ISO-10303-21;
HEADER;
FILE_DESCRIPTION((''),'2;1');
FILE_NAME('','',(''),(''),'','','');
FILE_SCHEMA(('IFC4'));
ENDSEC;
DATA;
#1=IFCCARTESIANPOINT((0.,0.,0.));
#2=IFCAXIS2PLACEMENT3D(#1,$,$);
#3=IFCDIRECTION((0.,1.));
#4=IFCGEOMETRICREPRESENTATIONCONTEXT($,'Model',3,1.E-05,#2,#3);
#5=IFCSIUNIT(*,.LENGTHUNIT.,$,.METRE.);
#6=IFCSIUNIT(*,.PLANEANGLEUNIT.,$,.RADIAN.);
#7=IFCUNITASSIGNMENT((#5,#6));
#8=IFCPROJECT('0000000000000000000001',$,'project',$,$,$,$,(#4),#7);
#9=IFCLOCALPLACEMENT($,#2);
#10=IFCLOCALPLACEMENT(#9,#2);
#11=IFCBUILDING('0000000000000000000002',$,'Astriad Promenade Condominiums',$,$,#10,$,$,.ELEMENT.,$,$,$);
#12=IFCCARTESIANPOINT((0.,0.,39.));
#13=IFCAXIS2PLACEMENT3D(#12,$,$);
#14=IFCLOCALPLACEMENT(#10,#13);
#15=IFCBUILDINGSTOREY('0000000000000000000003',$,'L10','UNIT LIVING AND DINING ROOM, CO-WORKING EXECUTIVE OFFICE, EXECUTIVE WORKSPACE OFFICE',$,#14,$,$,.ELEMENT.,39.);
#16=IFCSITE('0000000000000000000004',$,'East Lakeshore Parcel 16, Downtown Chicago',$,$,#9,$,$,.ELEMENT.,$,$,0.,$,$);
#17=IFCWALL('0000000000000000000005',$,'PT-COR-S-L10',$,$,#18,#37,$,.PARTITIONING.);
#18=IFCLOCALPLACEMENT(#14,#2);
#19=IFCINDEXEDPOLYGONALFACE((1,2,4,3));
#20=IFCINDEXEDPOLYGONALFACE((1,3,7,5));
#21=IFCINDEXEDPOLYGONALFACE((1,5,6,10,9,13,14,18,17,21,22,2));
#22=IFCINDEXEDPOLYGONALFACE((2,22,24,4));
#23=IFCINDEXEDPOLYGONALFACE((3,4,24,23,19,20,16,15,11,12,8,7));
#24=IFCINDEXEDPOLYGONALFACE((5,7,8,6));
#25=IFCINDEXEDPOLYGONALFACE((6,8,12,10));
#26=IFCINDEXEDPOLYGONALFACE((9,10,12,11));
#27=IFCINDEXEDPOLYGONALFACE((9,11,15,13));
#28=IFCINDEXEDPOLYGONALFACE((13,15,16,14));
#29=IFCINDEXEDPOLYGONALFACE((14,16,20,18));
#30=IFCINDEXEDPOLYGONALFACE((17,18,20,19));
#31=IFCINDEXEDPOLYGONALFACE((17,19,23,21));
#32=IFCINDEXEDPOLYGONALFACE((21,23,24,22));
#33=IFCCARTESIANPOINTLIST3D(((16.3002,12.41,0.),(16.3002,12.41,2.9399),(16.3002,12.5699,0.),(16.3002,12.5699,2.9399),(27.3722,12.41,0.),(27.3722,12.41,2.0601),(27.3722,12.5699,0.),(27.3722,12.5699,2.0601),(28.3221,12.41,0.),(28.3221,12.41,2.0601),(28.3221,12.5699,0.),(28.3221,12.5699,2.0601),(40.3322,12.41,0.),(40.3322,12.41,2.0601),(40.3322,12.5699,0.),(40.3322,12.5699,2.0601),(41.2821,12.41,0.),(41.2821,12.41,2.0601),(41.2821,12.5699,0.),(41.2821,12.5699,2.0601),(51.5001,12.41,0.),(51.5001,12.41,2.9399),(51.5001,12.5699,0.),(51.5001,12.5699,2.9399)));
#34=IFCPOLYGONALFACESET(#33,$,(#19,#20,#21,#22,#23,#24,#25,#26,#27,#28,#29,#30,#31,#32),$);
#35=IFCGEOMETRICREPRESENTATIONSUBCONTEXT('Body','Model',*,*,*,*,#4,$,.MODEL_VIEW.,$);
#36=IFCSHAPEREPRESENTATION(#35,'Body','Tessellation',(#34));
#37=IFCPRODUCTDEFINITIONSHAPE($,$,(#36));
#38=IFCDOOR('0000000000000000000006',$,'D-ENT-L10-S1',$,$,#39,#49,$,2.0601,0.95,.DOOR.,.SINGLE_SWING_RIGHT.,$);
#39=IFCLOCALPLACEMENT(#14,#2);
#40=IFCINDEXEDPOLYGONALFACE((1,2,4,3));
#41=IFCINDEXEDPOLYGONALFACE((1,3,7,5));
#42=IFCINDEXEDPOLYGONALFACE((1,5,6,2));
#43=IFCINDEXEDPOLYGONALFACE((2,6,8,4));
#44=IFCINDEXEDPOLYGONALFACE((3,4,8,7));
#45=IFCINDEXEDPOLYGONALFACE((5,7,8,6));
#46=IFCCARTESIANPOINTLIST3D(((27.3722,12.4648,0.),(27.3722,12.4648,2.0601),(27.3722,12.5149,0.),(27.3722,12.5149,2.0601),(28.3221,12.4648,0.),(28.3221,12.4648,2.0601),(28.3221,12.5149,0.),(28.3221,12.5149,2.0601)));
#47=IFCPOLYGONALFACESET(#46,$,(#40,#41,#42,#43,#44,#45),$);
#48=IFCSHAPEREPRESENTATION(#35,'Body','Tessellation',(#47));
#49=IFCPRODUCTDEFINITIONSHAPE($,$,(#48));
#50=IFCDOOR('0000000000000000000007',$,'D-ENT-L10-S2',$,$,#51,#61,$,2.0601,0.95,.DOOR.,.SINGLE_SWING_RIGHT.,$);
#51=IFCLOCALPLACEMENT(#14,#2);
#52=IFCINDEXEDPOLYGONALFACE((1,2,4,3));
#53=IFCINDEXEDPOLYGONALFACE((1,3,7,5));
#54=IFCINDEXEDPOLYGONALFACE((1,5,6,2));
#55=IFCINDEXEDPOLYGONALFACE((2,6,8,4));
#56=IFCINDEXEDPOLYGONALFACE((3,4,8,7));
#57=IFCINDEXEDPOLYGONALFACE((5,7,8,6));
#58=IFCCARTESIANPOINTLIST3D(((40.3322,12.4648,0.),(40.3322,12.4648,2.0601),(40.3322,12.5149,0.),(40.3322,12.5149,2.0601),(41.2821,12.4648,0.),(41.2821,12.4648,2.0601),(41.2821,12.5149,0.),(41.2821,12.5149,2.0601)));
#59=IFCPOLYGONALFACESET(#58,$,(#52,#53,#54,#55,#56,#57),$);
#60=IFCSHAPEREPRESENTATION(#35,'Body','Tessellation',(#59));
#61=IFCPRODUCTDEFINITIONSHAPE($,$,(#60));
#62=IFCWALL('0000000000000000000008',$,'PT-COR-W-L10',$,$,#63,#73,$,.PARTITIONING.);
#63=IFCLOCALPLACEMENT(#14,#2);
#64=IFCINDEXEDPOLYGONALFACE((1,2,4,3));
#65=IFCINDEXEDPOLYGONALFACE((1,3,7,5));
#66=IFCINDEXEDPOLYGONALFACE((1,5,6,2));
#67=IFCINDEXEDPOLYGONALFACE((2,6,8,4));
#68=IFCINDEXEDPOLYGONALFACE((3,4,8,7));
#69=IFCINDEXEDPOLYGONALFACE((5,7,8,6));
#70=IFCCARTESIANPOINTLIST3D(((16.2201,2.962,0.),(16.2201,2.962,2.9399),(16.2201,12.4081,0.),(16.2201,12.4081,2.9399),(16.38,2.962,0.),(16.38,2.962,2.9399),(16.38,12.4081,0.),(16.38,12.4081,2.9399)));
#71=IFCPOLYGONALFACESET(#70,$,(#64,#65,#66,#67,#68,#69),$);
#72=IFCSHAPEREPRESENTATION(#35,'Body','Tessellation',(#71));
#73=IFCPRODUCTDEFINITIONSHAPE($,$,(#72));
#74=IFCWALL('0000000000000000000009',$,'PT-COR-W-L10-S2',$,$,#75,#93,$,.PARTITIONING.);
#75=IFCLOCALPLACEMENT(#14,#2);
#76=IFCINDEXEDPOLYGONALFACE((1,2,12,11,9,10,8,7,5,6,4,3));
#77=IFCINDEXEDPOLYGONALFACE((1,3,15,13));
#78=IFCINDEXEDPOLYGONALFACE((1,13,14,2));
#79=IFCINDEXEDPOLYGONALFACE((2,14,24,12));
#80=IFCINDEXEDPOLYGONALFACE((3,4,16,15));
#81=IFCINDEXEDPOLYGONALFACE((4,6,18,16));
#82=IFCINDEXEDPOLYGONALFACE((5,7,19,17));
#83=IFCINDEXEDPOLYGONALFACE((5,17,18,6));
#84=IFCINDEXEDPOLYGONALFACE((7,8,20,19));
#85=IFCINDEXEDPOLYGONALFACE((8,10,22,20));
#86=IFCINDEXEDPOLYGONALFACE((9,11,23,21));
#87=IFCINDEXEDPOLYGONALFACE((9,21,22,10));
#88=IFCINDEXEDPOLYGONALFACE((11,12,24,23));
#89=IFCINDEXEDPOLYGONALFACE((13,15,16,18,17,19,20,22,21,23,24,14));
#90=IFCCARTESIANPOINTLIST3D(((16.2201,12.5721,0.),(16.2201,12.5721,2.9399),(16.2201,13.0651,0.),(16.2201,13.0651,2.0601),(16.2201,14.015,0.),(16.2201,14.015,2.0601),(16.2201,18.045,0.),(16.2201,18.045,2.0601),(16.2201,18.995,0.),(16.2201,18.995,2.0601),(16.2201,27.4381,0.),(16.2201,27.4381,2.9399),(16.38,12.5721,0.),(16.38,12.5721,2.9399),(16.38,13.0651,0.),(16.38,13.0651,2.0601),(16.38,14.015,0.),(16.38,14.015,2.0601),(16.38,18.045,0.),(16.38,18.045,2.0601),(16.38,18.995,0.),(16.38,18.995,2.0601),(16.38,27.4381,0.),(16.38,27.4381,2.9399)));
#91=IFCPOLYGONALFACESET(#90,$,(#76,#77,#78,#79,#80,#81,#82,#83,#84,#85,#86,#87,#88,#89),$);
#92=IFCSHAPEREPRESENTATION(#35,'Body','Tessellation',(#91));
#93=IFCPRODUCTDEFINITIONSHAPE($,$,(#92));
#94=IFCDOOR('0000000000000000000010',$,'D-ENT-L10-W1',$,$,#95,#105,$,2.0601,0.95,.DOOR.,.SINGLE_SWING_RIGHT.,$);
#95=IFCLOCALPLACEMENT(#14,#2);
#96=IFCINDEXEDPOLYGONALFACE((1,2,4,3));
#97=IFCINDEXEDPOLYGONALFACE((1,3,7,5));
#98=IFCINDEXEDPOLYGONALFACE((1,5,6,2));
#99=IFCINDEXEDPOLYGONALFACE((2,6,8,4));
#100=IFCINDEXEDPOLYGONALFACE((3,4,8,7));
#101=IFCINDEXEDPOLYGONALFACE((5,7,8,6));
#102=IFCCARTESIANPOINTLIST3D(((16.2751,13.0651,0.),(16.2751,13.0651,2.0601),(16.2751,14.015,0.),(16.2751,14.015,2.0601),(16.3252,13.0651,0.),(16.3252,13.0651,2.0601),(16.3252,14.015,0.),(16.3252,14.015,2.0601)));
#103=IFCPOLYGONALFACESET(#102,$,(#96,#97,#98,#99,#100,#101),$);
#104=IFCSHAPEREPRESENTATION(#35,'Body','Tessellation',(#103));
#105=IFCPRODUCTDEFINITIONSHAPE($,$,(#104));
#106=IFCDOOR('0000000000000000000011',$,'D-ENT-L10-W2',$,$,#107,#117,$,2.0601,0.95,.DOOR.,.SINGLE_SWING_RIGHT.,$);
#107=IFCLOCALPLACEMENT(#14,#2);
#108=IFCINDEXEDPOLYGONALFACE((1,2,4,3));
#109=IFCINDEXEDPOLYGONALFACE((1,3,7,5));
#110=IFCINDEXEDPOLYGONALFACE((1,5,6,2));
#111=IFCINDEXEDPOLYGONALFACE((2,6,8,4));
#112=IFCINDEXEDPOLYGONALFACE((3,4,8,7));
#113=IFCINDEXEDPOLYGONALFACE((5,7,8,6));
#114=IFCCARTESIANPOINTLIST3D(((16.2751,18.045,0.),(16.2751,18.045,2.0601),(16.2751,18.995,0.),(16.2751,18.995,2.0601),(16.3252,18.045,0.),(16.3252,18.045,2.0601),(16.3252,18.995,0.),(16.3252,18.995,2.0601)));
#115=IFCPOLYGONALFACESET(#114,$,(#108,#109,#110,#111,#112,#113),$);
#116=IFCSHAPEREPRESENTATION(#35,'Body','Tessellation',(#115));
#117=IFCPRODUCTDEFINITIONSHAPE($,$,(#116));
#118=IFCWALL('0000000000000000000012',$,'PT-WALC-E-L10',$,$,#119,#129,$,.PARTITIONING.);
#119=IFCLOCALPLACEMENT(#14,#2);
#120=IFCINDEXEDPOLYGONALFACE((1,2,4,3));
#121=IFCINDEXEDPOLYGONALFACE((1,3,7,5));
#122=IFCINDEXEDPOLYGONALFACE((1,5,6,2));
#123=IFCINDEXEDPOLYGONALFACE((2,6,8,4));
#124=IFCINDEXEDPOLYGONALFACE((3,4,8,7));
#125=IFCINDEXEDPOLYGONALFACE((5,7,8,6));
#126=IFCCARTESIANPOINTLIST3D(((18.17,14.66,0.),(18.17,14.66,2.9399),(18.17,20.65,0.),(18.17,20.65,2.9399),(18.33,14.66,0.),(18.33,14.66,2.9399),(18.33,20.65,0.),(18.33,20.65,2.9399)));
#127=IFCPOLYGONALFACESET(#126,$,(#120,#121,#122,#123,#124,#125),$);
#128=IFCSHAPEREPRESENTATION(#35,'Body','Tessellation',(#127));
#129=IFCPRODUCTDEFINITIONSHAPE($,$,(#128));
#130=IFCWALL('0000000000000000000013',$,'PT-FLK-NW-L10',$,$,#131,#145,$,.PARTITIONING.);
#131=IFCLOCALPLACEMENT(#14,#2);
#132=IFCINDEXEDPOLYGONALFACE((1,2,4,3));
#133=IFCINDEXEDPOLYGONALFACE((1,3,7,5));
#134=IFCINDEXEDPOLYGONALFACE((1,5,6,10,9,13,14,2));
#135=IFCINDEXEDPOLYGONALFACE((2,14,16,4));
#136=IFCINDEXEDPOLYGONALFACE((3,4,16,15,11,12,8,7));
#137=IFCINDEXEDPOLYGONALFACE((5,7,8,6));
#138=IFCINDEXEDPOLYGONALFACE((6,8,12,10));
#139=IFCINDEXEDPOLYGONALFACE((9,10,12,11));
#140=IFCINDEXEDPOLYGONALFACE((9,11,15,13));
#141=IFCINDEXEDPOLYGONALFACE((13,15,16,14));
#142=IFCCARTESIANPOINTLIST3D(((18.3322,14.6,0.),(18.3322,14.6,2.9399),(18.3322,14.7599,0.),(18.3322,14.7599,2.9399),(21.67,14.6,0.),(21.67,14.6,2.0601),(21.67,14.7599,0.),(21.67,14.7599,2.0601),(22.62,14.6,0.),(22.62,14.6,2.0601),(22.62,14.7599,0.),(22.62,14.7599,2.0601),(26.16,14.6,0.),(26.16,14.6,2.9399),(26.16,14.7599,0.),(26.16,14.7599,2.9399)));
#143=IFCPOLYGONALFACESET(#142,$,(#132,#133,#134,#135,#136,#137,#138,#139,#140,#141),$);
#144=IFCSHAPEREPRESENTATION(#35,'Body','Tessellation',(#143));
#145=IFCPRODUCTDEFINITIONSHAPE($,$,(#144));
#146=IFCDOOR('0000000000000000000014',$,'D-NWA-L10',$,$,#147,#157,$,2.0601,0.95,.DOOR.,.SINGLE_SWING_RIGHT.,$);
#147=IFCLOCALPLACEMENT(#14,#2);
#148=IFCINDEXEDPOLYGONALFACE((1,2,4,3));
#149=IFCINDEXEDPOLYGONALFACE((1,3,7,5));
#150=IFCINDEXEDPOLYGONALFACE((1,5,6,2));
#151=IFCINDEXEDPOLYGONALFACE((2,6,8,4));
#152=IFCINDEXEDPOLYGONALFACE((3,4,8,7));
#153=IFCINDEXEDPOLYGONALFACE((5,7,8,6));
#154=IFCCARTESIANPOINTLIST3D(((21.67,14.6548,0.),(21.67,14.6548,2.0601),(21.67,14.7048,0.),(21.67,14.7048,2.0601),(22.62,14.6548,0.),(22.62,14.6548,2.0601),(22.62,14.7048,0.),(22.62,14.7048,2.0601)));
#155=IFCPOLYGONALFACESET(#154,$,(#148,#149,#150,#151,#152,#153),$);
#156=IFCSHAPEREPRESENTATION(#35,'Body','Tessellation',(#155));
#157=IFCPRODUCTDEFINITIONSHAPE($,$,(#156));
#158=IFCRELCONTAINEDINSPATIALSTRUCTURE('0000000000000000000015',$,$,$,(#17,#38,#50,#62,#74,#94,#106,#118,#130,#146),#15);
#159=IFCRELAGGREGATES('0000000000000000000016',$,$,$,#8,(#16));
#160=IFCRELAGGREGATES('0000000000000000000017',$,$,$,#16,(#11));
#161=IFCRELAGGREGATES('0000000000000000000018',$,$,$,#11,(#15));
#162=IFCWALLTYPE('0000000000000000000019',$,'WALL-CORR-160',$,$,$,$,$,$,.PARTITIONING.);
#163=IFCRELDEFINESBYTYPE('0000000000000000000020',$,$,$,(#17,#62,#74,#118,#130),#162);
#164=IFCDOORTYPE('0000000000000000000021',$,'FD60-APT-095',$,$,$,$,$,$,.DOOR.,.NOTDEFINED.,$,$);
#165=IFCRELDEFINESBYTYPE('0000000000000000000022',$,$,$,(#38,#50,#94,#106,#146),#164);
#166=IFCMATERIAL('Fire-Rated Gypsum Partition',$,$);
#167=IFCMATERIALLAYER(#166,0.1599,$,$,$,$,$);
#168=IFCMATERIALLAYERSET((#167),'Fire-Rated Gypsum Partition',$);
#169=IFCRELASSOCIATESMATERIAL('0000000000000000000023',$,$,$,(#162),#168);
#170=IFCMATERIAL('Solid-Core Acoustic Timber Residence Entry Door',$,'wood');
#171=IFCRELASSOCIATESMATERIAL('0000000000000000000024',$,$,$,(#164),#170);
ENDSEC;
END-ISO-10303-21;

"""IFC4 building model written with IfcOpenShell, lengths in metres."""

from ifc_helpers import new_model, si_unit, direction, frame, frame_2d, origin, place, context, subcontext, project, spatial, rectangle, extrude, source, transform, mapped, material, layer, layer_set, type_object, type_shapes, element, fill, save


model = new_model("IFC4")

# Units and contexts
model_context = context("Model", 3, precision=1e-05, world=origin(), true_north=direction((0.0, 1.0)))
body_context = subcontext(model_context, "Body", "Model", "MODEL_VIEW")
ifc_project = project(units=[si_unit("LENGTHUNIT", "METRE"), si_unit("PLANEANGLEUNIT", "RADIAN")], contexts=[model_context])

# Site, building, storey
site_placement = place(None, origin())
site = spatial("IfcSite", under=ifc_project, at=site_placement, Name="East Lakeshore Parcel 16, Downtown Chicago", CompositionType="ELEMENT", RefElevation=0.0)
building_placement = place(site_placement, origin())
building = spatial("IfcBuilding", under=site, at=building_placement, Name="Astriad Promenade Condominiums", CompositionType="ELEMENT")
storey_placement = place(building_placement, frame((0.0, 0.0, 39.0)))
storey = spatial("IfcBuildingStorey", under=building, at=storey_placement, Name="L10", Description="UNIT LIVING AND DINING ROOM, CO-WORKING EXECUTIVE OFFICE, EXECUTIVE WORKSPACE OFFICE", CompositionType="ELEMENT", Elevation=39.0)

# Wall, openings, doors
ifc_material_1 = material(Name="Fire-Rated Gypsum Partition")
ifc_layer_1 = layer(ifc_material_1, 0.1599)
ifc_layer_set_1 = layer_set([ifc_layer_1], Name="Fire-Rated Gypsum Partition")
wall_type_1 = type_object("IfcWallType", Name="WALL-CORR-160", PredefinedType="PARTITIONING", material=ifc_layer_set_1)
wall_1_placement = place(storey_placement, frame((16.3, 12.49, 0.0), z_axis=(0.0, 0.0, 1.0), x_axis=(1.0, 0.0, 0.0)))
wall_1 = element("IfcWall", 1, at=wall_1_placement, inside=storey, type_object=wall_type_1, Name="PT-COR-S-L10", PredefinedType="PARTITIONING", context=body_context, shape_type="SweptSolid", body=[
    extrude(rectangle(XDim=35.2, YDim=0.1599, at=frame_2d((17.6001, 0.0))), origin(), (0.0, 0.0, 1.0), 2.9399),
])
opening_1_placement = place(wall_1_placement, frame((11.072, 0.0, 0.0)))
opening_1 = element("IfcOpeningElement", 2, at=opening_1_placement, cuts=wall_1, PredefinedType="OPENING", context=body_context, shape_type="SweptSolid", body=[
    extrude(rectangle(XDim=0.95, YDim=2.0601, at=frame_2d((0.4751, 1.03))), frame((0.0, 0.0898, 0.0), z_axis=(0.0, -1.0, 0.0), x_axis=(1.0, 0.0, 0.0)), (0.0, 0.0, 1.0), 0.1799),
])
opening_2_placement = place(wall_1_placement, frame((24.032, 0.0, 0.0)))
opening_2 = element("IfcOpeningElement", 3, at=opening_2_placement, cuts=wall_1, PredefinedType="OPENING", context=body_context, shape_type="SweptSolid", body=[
    extrude(rectangle(XDim=0.95, YDim=2.0601, at=frame_2d((0.4751, 1.03))), frame((0.0, 0.0898, 0.0), z_axis=(0.0, -1.0, 0.0), x_axis=(1.0, 0.0, 0.0)), (0.0, 0.0, 1.0), 0.1799),
])
ifc_material_2 = material(Name="Solid-Core Acoustic Timber Residence Entry Door", Category="wood")
door_type_1 = type_object("IfcDoorType", Name="FD60-APT-095", OperationType="NOTDEFINED", PredefinedType="DOOR", material=ifc_material_2)
shared_shape_1 = source(origin(), body_context, "Body", "SweptSolid", [
    extrude(rectangle(XDim=0.95, YDim=2.0601, at=frame_2d((0.4751, 1.03))), frame((0.0, 0.0249, 0.0), z_axis=(0.0, -1.0, 0.0), x_axis=(1.0, 0.0, 0.0)), (0.0, 0.0, 1.0), 0.05),
])
type_shapes(door_type_1, [shared_shape_1])
door_1_placement = place(opening_1_placement, origin())
door_1 = element("IfcDoor", 4, at=door_1_placement, inside=storey, type_object=door_type_1, Name="D-ENT-L10-S1", OperationType="SINGLE_SWING_RIGHT", OverallHeight=2.0601, OverallWidth=0.95, PredefinedType="DOOR", context=body_context, shape_type="MappedRepresentation", body=[
    mapped(shared_shape_1, transform((0.0, 0.0, 0.0), scale=1.0)),
])
fill(opening_1, door_1)
door_2_placement = place(opening_2_placement, origin())
door_2 = element("IfcDoor", 5, at=door_2_placement, inside=storey, type_object=door_type_1, Name="D-ENT-L10-S2", OperationType="SINGLE_SWING_RIGHT", OverallHeight=2.0601, OverallWidth=0.95, PredefinedType="DOOR", context=body_context, shape_type="MappedRepresentation", body=[
    mapped(shared_shape_1, transform((0.0, 0.0, 0.0), scale=1.0)),
])
fill(opening_2, door_2)

# Wall
wall_2_placement = place(storey_placement, frame((16.3, 2.9619, 0.0), z_axis=(0.0, 0.0, 1.0), x_axis=(0.0, 1.0, 0.0)))
element("IfcWall", 6, at=wall_2_placement, inside=storey, type_object=wall_type_1, Name="PT-COR-W-L10", PredefinedType="PARTITIONING", context=body_context, shape_type="SweptSolid", body=[
    extrude(rectangle(XDim=9.446, YDim=0.1599, at=frame_2d((4.7231, 0.0))), origin(), (0.0, 0.0, 1.0), 2.9399),
])

# Wall, openings, doors
wall_3_placement = place(storey_placement, frame((16.3, 12.572, 0.0), z_axis=(0.0, 0.0, 1.0), x_axis=(0.0, 1.0, 0.0)))
wall_3 = element("IfcWall", 7, at=wall_3_placement, inside=storey, type_object=wall_type_1, Name="PT-COR-W-L10-S2", PredefinedType="PARTITIONING", context=body_context, shape_type="SweptSolid", body=[
    extrude(rectangle(XDim=14.866, YDim=0.1599, at=frame_2d((7.4331, 0.0))), origin(), (0.0, 0.0, 1.0), 2.9399),
])
opening_3_placement = place(wall_3_placement, frame((0.4929, 0.0, 0.0)))
opening_3 = element("IfcOpeningElement", 8, at=opening_3_placement, cuts=wall_3, PredefinedType="OPENING", context=body_context, shape_type="SweptSolid", body=[
    extrude(rectangle(XDim=0.95, YDim=2.0601, at=frame_2d((0.4751, 1.03))), frame((0.0, 0.0898, 0.0), z_axis=(0.0, -1.0, 0.0), x_axis=(1.0, 0.0, 0.0)), (0.0, 0.0, 1.0), 0.1799),
])
opening_4_placement = place(wall_3_placement, frame((5.4729, 0.0, 0.0)))
opening_4 = element("IfcOpeningElement", 9, at=opening_4_placement, cuts=wall_3, PredefinedType="OPENING", context=body_context, shape_type="SweptSolid", body=[
    extrude(rectangle(XDim=0.95, YDim=2.0601, at=frame_2d((0.4751, 1.03))), frame((0.0, 0.0898, 0.0), z_axis=(0.0, -1.0, 0.0), x_axis=(1.0, 0.0, 0.0)), (0.0, 0.0, 1.0), 0.1799),
])
door_3_placement = place(opening_3_placement, origin())
door_3 = element("IfcDoor", 10, at=door_3_placement, inside=storey, type_object=door_type_1, Name="D-ENT-L10-W1", OperationType="SINGLE_SWING_RIGHT", OverallHeight=2.0601, OverallWidth=0.95, PredefinedType="DOOR", context=body_context, shape_type="MappedRepresentation", body=[
    mapped(shared_shape_1, transform((0.0, 0.0, 0.0), scale=1.0)),
])
fill(opening_3, door_3)
door_4_placement = place(opening_4_placement, origin())
door_4 = element("IfcDoor", 11, at=door_4_placement, inside=storey, type_object=door_type_1, Name="D-ENT-L10-W2", OperationType="SINGLE_SWING_RIGHT", OverallHeight=2.0601, OverallWidth=0.95, PredefinedType="DOOR", context=body_context, shape_type="MappedRepresentation", body=[
    mapped(shared_shape_1, transform((0.0, 0.0, 0.0), scale=1.0)),
])
fill(opening_4, door_4)

# Wall
wall_4_placement = place(storey_placement, frame((18.25, 14.6599, 0.0), z_axis=(0.0, 0.0, 1.0), x_axis=(0.0, 1.0, 0.0)))
element("IfcWall", 12, at=wall_4_placement, inside=storey, type_object=wall_type_1, Name="PT-WALC-E-L10", PredefinedType="PARTITIONING", context=body_context, shape_type="SweptSolid", body=[
    extrude(rectangle(XDim=5.99, YDim=0.1599, at=frame_2d((2.9951, 0.0))), origin(), (0.0, 0.0, 1.0), 2.9399),
])

# Wall, opening, door
wall_5_placement = place(storey_placement, frame((18.332, 14.6799, 0.0), z_axis=(0.0, 0.0, 1.0), x_axis=(1.0, 0.0, 0.0)))
wall_5 = element("IfcWall", 13, at=wall_5_placement, inside=storey, type_object=wall_type_1, Name="PT-FLK-NW-L10", PredefinedType="PARTITIONING", context=body_context, shape_type="SweptSolid", body=[
    extrude(rectangle(XDim=7.8279, YDim=0.1599, at=frame_2d((3.9141, 0.0))), origin(), (0.0, 0.0, 1.0), 2.9399),
])
opening_5_placement = place(wall_5_placement, frame((3.3379, 0.0, 0.0)))
opening_5 = element("IfcOpeningElement", 14, at=opening_5_placement, cuts=wall_5, PredefinedType="OPENING", context=body_context, shape_type="SweptSolid", body=[
    extrude(rectangle(XDim=0.95, YDim=2.0601, at=frame_2d((0.4751, 1.03))), frame((0.0, 0.0898, 0.0), z_axis=(0.0, -1.0, 0.0), x_axis=(1.0, 0.0, 0.0)), (0.0, 0.0, 1.0), 0.1799),
])
door_5_placement = place(opening_5_placement, origin())
door_5 = element("IfcDoor", 15, at=door_5_placement, inside=storey, type_object=door_type_1, Name="D-NWA-L10", OperationType="SINGLE_SWING_RIGHT", OverallHeight=2.0601, OverallWidth=0.95, PredefinedType="DOOR", context=body_context, shape_type="MappedRepresentation", body=[
    mapped(shared_shape_1, transform((0.0, 0.0, 0.0), scale=1.0)),
])
fill(opening_5, door_5)

save(model, "model.ifc")
